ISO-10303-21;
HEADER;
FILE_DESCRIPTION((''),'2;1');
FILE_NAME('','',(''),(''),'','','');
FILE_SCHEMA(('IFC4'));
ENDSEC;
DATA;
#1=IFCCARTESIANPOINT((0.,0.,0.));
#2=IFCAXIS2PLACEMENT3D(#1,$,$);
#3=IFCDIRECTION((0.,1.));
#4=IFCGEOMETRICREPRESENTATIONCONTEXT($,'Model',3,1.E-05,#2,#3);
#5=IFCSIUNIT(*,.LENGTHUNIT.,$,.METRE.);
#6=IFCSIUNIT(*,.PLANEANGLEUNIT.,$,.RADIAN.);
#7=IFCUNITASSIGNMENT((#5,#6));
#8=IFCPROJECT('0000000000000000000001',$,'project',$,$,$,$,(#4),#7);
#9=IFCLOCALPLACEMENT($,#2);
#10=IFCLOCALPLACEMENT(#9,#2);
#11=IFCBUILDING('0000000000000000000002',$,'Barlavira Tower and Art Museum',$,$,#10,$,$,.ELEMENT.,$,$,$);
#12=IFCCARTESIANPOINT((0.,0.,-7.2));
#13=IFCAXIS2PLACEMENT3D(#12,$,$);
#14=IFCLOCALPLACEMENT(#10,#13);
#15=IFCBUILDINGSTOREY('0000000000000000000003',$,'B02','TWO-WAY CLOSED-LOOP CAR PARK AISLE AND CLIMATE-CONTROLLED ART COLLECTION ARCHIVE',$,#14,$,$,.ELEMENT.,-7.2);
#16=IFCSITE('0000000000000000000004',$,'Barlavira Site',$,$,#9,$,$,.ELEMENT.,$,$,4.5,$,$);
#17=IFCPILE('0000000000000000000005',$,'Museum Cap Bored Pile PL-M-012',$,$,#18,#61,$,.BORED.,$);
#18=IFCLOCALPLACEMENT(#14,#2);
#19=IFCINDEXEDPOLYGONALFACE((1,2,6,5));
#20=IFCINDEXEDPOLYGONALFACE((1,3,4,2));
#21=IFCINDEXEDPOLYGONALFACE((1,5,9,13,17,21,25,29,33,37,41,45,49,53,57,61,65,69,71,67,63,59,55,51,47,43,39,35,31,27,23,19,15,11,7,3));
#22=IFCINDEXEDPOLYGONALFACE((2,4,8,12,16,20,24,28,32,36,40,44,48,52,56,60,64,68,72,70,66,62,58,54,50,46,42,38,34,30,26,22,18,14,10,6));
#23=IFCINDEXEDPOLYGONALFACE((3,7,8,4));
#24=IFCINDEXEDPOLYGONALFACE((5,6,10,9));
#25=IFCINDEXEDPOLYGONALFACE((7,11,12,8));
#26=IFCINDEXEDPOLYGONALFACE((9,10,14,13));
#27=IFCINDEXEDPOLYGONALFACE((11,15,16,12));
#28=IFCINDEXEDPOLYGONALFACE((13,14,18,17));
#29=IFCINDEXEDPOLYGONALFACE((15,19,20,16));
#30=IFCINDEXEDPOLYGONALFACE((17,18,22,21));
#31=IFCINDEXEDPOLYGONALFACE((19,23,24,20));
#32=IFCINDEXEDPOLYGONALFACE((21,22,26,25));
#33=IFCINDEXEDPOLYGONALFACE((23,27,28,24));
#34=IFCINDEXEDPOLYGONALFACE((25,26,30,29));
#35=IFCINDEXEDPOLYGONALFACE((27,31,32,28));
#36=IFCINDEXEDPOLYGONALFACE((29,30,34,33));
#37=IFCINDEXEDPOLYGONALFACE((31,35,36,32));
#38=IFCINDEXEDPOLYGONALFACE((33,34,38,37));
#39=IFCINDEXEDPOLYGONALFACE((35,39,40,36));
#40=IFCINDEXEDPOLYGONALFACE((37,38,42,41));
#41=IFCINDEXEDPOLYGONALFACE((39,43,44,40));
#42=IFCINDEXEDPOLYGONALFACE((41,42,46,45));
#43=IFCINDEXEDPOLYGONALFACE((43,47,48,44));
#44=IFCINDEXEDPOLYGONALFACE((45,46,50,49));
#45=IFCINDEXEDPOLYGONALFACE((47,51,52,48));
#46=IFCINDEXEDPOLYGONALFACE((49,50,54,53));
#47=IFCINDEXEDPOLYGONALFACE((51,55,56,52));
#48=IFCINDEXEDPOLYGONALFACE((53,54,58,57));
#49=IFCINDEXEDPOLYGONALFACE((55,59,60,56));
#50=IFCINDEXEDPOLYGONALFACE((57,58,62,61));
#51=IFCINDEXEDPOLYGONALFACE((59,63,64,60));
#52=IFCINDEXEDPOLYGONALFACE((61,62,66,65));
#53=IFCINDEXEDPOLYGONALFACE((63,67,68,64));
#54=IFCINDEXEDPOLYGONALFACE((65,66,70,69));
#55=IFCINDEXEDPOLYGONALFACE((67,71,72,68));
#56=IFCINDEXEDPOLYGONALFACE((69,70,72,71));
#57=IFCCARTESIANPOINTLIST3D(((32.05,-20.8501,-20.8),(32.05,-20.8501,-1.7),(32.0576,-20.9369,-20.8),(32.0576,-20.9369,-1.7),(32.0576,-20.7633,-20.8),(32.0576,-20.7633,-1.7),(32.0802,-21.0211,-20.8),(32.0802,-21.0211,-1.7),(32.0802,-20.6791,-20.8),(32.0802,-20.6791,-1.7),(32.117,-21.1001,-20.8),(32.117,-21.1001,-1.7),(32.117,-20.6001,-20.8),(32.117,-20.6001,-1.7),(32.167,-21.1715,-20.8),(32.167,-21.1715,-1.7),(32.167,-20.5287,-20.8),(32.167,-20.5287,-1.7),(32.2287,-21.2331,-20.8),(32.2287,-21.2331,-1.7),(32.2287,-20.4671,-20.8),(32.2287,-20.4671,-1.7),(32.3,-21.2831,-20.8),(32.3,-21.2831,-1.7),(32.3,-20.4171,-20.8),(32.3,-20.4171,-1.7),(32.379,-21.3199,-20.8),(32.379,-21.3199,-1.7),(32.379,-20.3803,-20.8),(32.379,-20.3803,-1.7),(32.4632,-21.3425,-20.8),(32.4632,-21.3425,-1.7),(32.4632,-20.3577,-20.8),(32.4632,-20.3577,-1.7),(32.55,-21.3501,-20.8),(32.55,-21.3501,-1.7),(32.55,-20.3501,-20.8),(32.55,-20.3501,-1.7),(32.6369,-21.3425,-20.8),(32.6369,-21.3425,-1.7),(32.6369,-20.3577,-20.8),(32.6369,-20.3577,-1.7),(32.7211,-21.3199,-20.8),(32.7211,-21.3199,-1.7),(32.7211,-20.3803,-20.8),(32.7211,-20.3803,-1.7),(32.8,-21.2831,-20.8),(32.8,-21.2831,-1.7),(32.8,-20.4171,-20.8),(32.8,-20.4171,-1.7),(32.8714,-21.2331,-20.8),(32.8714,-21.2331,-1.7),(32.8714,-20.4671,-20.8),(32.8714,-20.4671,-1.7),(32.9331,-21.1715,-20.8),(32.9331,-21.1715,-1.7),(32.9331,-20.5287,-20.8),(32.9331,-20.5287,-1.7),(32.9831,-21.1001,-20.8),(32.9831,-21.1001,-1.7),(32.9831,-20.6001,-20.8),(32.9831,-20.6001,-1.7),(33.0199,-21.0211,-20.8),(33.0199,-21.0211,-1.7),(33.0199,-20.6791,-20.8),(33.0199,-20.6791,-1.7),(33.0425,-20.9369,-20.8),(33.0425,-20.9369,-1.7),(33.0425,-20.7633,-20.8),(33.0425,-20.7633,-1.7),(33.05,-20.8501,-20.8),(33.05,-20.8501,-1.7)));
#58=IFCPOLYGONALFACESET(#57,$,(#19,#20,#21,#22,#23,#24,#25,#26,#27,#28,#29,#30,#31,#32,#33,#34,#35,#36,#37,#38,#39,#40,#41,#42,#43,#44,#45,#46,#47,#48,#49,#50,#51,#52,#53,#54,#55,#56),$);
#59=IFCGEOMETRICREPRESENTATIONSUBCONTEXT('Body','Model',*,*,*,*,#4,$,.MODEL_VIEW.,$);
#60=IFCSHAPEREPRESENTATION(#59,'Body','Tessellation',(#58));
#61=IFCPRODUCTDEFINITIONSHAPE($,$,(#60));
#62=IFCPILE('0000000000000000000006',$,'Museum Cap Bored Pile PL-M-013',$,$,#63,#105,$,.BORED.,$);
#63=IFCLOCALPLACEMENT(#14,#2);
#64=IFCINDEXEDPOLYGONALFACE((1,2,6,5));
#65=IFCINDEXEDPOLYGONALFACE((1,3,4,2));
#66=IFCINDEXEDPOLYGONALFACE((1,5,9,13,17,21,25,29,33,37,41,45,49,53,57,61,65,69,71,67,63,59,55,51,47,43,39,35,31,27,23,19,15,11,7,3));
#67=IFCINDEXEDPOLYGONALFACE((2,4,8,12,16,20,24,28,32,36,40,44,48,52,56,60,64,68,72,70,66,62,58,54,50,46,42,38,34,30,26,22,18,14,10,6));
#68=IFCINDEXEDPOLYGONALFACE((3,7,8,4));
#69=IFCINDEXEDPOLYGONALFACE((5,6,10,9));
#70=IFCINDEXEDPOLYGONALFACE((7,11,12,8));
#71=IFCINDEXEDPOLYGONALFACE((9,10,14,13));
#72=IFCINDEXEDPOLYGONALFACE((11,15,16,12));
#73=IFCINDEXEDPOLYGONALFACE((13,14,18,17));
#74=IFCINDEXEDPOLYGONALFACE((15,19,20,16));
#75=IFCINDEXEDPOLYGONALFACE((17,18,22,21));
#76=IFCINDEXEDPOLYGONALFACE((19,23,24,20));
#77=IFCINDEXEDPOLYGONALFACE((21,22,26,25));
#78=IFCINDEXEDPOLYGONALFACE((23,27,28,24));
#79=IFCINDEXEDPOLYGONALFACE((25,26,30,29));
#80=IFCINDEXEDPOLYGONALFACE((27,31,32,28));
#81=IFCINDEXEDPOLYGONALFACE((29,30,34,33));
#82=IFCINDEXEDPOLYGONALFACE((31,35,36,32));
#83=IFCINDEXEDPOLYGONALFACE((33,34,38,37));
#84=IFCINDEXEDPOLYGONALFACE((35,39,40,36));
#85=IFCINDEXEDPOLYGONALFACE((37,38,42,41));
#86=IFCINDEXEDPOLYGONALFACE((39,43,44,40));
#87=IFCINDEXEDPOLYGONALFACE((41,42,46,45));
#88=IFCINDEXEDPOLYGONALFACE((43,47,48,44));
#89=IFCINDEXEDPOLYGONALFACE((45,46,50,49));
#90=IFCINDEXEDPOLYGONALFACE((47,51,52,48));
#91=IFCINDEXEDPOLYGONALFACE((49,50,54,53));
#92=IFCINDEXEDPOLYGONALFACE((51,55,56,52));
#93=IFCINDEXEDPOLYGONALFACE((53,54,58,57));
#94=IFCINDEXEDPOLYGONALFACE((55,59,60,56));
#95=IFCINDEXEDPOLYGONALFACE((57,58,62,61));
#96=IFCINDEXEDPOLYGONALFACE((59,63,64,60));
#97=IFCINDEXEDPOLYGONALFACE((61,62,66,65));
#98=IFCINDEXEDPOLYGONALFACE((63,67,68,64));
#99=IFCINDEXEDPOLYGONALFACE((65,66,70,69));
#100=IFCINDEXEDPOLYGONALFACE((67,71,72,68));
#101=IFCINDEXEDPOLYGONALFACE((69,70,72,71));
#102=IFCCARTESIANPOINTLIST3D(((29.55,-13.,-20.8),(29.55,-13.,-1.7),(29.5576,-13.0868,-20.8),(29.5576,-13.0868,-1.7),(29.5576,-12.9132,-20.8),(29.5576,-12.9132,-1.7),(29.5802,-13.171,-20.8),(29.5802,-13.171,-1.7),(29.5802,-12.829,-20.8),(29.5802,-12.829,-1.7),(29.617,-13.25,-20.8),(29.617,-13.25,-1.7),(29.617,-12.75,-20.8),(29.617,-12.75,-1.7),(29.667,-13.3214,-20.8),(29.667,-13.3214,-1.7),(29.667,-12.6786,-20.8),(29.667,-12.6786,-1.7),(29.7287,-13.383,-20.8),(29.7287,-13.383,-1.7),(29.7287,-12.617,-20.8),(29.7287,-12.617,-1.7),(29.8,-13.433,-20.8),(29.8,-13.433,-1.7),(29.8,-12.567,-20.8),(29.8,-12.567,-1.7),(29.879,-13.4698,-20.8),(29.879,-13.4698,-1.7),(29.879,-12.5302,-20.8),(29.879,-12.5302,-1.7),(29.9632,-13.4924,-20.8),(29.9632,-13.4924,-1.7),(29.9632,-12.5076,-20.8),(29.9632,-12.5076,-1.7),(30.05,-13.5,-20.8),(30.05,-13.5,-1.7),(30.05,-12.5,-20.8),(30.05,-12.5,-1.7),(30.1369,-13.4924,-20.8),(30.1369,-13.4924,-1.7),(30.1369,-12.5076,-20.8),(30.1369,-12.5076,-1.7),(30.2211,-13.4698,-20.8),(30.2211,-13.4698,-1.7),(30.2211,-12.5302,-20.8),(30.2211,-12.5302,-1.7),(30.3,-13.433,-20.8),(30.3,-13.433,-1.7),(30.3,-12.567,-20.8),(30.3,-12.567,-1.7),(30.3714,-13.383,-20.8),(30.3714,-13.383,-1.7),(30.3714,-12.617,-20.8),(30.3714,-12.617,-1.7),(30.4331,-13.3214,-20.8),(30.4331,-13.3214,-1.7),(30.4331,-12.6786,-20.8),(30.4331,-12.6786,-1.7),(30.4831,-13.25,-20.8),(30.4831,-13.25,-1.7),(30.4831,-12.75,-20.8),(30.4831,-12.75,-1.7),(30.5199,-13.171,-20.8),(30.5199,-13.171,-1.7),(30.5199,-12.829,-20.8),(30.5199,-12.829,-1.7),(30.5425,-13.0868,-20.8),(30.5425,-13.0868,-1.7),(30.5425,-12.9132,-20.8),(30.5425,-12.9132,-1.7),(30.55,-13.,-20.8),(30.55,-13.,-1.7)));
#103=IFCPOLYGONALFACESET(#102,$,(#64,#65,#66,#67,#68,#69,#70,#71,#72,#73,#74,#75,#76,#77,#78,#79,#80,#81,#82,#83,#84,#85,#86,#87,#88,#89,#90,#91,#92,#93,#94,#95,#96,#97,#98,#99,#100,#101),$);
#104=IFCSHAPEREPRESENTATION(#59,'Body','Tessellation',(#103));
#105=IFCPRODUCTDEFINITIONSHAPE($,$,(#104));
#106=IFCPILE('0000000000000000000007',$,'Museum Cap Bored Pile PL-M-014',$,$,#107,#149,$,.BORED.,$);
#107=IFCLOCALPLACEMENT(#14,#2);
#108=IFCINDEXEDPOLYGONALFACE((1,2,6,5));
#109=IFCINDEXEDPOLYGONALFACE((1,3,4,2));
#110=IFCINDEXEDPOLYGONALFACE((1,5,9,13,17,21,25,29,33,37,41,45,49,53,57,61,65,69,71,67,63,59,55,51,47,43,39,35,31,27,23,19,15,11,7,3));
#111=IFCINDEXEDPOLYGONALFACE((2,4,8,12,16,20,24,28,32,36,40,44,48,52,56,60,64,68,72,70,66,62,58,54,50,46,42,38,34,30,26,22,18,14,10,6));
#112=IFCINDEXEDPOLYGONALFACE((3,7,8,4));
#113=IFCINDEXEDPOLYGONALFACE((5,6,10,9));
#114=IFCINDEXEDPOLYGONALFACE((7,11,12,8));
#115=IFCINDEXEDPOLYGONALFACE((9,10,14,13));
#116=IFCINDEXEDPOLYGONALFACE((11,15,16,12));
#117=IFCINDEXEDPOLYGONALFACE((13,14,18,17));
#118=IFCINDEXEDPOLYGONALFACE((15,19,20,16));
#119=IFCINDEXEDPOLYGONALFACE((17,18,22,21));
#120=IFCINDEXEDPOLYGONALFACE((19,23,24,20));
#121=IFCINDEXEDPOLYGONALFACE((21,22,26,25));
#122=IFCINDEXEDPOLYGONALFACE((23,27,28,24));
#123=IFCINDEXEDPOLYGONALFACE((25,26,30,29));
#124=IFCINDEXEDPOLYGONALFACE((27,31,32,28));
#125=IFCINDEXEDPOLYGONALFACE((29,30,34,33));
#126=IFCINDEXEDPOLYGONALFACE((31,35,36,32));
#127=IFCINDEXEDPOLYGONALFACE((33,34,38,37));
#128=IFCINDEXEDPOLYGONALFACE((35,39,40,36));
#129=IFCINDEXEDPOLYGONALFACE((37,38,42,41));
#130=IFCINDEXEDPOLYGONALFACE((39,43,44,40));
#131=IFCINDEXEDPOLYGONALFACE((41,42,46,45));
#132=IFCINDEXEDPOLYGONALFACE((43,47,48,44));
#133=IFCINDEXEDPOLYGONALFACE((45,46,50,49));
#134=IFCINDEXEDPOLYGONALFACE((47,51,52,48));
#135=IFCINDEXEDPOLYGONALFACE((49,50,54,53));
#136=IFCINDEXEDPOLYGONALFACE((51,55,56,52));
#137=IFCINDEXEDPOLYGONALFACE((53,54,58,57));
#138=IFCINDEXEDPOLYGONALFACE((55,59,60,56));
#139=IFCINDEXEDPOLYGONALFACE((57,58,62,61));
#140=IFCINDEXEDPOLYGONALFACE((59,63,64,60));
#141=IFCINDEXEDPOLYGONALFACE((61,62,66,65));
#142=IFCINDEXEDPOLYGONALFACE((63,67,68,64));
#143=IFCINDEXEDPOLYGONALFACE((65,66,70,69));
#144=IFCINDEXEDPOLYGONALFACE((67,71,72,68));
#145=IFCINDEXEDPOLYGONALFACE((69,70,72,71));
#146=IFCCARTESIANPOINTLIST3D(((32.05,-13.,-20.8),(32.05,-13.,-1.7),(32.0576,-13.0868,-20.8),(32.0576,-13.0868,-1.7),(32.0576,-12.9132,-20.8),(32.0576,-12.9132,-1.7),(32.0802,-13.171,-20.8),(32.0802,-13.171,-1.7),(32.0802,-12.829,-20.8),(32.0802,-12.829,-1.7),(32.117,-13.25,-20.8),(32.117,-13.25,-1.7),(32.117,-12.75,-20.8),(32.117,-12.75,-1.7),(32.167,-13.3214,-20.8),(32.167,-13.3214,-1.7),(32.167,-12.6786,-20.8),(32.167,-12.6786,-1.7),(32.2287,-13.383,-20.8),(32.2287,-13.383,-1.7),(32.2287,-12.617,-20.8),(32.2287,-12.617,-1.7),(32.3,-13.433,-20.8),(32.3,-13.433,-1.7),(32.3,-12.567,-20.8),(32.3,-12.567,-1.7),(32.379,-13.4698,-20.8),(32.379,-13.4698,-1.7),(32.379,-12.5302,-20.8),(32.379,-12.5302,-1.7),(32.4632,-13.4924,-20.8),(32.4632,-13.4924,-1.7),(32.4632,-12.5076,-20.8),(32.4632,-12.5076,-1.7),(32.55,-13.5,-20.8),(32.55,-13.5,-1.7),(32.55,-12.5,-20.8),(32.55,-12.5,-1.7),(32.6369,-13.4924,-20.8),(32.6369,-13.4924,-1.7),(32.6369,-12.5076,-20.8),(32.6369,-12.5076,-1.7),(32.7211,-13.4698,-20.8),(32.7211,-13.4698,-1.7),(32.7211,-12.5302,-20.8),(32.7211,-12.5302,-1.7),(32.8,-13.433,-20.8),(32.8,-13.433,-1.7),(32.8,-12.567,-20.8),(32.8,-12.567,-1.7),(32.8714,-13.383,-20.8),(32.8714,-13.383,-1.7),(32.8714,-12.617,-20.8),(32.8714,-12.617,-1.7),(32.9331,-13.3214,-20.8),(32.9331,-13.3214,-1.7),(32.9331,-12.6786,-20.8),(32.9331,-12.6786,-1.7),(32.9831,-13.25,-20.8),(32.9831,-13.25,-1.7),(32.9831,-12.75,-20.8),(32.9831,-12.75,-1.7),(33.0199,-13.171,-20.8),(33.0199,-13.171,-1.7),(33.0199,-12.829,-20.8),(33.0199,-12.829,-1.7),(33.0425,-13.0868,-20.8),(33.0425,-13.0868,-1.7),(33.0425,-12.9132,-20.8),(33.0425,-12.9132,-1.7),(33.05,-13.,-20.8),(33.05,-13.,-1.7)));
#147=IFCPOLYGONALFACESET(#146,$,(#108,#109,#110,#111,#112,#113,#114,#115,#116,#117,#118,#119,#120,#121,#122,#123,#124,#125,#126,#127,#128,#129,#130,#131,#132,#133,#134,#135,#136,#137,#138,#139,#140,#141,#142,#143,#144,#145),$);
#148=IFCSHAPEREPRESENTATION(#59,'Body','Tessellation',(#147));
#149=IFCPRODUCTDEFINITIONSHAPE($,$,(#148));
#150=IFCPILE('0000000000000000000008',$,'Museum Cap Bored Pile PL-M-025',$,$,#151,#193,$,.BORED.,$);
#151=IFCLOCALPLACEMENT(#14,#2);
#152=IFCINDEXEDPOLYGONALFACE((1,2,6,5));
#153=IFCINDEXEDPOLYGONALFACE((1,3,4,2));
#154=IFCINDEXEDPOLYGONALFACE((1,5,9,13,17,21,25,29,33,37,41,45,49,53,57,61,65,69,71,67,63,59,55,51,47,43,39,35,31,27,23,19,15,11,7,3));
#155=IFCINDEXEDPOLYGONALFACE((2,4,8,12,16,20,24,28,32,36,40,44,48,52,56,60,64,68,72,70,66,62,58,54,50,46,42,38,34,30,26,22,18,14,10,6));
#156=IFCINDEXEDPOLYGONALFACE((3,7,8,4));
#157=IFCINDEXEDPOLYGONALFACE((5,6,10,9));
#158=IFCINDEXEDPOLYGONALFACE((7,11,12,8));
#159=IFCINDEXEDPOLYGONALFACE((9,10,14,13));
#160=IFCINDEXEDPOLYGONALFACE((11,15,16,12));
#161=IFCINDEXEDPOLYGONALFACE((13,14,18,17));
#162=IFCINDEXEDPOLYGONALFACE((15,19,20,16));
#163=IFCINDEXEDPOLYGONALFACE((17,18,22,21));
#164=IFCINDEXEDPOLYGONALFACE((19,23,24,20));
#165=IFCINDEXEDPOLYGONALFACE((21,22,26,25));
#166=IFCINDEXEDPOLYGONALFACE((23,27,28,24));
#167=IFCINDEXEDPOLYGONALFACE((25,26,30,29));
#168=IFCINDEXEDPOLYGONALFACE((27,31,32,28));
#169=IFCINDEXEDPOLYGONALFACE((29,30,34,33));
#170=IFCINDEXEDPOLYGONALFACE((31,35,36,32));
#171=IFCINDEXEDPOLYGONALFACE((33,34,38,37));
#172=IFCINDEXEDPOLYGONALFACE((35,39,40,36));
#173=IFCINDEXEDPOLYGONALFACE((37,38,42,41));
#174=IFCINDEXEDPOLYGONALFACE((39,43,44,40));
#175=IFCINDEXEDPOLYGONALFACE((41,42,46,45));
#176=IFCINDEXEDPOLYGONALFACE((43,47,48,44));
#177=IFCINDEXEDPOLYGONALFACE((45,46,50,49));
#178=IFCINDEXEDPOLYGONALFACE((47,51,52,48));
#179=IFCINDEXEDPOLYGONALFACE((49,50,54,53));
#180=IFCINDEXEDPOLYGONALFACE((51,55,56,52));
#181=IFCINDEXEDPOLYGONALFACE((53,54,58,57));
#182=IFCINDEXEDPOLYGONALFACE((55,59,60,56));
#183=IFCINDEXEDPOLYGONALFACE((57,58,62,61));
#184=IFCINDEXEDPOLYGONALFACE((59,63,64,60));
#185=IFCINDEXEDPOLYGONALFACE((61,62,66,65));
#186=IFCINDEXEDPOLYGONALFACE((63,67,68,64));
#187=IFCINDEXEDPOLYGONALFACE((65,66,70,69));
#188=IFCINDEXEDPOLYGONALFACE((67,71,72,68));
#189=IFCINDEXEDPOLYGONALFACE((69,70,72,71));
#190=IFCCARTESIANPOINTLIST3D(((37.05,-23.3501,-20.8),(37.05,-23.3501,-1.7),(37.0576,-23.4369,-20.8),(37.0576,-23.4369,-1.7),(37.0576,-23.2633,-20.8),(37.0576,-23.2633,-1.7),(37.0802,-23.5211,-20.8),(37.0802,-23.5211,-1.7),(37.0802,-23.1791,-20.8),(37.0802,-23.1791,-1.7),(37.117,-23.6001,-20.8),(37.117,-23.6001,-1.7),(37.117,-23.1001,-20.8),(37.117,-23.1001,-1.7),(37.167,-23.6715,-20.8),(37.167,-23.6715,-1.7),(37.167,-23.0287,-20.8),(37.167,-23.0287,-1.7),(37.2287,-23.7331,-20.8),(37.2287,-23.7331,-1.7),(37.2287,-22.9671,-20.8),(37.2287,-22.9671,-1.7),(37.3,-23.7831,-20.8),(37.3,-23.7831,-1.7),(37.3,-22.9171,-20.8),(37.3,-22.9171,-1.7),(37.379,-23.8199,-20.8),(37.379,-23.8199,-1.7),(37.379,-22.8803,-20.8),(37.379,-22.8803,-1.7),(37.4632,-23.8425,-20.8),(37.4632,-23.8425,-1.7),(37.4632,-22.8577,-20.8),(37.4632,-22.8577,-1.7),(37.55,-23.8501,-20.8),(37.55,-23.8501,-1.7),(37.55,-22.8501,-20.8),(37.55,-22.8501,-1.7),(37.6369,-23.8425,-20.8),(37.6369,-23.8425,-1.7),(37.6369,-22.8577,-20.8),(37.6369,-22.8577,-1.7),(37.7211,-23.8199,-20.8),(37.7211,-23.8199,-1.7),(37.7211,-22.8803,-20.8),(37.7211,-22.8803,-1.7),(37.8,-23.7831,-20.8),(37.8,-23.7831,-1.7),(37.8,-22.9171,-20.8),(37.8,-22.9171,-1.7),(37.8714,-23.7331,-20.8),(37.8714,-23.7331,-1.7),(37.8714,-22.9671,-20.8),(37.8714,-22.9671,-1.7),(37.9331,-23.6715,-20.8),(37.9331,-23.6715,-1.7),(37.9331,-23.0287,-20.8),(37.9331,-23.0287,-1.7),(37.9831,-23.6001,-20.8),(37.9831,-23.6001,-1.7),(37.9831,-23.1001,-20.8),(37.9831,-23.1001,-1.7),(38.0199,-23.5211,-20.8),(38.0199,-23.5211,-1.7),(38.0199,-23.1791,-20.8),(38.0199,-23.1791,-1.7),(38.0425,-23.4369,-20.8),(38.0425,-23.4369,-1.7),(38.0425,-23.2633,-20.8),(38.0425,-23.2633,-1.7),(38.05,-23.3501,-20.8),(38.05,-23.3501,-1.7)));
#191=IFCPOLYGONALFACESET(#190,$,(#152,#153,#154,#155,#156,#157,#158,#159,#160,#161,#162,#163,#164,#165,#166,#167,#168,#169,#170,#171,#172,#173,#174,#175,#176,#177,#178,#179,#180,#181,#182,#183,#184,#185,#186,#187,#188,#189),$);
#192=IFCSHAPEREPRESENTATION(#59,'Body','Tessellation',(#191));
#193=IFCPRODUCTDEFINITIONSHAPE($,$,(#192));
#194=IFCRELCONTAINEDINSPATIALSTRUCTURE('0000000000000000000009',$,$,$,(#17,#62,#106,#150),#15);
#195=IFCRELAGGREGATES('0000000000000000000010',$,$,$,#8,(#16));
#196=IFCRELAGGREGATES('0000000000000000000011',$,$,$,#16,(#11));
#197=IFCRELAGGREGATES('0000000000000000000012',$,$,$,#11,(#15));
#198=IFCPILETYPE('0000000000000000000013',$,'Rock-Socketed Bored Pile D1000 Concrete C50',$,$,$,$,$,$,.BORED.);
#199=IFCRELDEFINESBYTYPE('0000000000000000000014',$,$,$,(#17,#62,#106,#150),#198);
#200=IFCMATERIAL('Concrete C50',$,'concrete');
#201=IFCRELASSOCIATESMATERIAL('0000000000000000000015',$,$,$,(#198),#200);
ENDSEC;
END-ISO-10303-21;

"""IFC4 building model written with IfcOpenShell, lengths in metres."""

from ifc_helpers import new_model, si_unit, direction, frame, origin, origin_2d, place, context, subcontext, project, spatial, circle, extrude, material, material_profile, profile_set, type_object, element, save


model = new_model("IFC4")

# Units and contexts
model_context = context("Model", 3, precision=1e-05, world=origin(), true_north=direction((0.0, 1.0)))
body_context = subcontext(model_context, "Body", "Model", "MODEL_VIEW")
ifc_project = project(units=[si_unit("LENGTHUNIT", "METRE"), si_unit("PLANEANGLEUNIT", "RADIAN")], contexts=[model_context])

# Site, building, storey
site_placement = place(None, origin())
site = spatial("IfcSite", under=ifc_project, at=site_placement, Name="Barlavira Site", CompositionType="ELEMENT", RefElevation=4.5)
building_placement = place(site_placement, origin())
building = spatial("IfcBuilding", under=site, at=building_placement, Name="Barlavira Tower and Art Museum", CompositionType="ELEMENT")
storey_placement = place(building_placement, frame((0.0, 0.0, -7.2)))
storey = spatial("IfcBuildingStorey", under=building, at=storey_placement, Name="B02", Description="TWO-WAY CLOSED-LOOP CAR PARK AISLE AND CLIMATE-CONTROLLED ART COLLECTION ARCHIVE", CompositionType="ELEMENT", Elevation=-7.2)

# Shared definitions
ifc_material_1 = material(Name="Concrete C50", Category="concrete")

# Piles
ifc_material_profile_1 = material_profile(ifc_material_1, circle(Radius=0.5, at=origin_2d()), Name="BORED PILE D1000")
ifc_profile_set_1 = profile_set([ifc_material_profile_1], Name="Concrete C50")
pile_type = type_object("IfcPileType", Name="Rock-Socketed Bored Pile D1000 Concrete C50", PredefinedType="BORED", material=ifc_profile_set_1)
for number, where, z_axis, x_axis, name in (
    (1, (32.55, -20.8501, -1.7), (0.0, 0.0, -1.0), (1.0, 0.0, 0.0), "Museum Cap Bored Pile PL-M-012"),
    (2, (30.05, -13.0, -1.7), (0.0, 0.0, -1.0), (1.0, 0.0, 0.0), "Museum Cap Bored Pile PL-M-013"),
    (3, (32.55, -13.0, -1.7), (0.0, 0.0, -1.0), (1.0, 0.0, 0.0), "Museum Cap Bored Pile PL-M-014"),
    (4, (37.55, -23.3501, -1.7), (0.0, 0.0, -1.0), (1.0, 0.0, 0.0), "Museum Cap Bored Pile PL-M-025"),
):
    element("IfcPile", number, at=place(storey_placement, frame(where, z_axis=z_axis, x_axis=x_axis)), inside=storey, type_object=pile_type, Name=name, PredefinedType="BORED", context=body_context, shape_type="SweptSolid", body=[
        extrude(circle(Radius=0.5, at=origin_2d()), origin(), (0.0, 0.0, 1.0), 19.1001),
    ])

save(model, "model.ifc")
